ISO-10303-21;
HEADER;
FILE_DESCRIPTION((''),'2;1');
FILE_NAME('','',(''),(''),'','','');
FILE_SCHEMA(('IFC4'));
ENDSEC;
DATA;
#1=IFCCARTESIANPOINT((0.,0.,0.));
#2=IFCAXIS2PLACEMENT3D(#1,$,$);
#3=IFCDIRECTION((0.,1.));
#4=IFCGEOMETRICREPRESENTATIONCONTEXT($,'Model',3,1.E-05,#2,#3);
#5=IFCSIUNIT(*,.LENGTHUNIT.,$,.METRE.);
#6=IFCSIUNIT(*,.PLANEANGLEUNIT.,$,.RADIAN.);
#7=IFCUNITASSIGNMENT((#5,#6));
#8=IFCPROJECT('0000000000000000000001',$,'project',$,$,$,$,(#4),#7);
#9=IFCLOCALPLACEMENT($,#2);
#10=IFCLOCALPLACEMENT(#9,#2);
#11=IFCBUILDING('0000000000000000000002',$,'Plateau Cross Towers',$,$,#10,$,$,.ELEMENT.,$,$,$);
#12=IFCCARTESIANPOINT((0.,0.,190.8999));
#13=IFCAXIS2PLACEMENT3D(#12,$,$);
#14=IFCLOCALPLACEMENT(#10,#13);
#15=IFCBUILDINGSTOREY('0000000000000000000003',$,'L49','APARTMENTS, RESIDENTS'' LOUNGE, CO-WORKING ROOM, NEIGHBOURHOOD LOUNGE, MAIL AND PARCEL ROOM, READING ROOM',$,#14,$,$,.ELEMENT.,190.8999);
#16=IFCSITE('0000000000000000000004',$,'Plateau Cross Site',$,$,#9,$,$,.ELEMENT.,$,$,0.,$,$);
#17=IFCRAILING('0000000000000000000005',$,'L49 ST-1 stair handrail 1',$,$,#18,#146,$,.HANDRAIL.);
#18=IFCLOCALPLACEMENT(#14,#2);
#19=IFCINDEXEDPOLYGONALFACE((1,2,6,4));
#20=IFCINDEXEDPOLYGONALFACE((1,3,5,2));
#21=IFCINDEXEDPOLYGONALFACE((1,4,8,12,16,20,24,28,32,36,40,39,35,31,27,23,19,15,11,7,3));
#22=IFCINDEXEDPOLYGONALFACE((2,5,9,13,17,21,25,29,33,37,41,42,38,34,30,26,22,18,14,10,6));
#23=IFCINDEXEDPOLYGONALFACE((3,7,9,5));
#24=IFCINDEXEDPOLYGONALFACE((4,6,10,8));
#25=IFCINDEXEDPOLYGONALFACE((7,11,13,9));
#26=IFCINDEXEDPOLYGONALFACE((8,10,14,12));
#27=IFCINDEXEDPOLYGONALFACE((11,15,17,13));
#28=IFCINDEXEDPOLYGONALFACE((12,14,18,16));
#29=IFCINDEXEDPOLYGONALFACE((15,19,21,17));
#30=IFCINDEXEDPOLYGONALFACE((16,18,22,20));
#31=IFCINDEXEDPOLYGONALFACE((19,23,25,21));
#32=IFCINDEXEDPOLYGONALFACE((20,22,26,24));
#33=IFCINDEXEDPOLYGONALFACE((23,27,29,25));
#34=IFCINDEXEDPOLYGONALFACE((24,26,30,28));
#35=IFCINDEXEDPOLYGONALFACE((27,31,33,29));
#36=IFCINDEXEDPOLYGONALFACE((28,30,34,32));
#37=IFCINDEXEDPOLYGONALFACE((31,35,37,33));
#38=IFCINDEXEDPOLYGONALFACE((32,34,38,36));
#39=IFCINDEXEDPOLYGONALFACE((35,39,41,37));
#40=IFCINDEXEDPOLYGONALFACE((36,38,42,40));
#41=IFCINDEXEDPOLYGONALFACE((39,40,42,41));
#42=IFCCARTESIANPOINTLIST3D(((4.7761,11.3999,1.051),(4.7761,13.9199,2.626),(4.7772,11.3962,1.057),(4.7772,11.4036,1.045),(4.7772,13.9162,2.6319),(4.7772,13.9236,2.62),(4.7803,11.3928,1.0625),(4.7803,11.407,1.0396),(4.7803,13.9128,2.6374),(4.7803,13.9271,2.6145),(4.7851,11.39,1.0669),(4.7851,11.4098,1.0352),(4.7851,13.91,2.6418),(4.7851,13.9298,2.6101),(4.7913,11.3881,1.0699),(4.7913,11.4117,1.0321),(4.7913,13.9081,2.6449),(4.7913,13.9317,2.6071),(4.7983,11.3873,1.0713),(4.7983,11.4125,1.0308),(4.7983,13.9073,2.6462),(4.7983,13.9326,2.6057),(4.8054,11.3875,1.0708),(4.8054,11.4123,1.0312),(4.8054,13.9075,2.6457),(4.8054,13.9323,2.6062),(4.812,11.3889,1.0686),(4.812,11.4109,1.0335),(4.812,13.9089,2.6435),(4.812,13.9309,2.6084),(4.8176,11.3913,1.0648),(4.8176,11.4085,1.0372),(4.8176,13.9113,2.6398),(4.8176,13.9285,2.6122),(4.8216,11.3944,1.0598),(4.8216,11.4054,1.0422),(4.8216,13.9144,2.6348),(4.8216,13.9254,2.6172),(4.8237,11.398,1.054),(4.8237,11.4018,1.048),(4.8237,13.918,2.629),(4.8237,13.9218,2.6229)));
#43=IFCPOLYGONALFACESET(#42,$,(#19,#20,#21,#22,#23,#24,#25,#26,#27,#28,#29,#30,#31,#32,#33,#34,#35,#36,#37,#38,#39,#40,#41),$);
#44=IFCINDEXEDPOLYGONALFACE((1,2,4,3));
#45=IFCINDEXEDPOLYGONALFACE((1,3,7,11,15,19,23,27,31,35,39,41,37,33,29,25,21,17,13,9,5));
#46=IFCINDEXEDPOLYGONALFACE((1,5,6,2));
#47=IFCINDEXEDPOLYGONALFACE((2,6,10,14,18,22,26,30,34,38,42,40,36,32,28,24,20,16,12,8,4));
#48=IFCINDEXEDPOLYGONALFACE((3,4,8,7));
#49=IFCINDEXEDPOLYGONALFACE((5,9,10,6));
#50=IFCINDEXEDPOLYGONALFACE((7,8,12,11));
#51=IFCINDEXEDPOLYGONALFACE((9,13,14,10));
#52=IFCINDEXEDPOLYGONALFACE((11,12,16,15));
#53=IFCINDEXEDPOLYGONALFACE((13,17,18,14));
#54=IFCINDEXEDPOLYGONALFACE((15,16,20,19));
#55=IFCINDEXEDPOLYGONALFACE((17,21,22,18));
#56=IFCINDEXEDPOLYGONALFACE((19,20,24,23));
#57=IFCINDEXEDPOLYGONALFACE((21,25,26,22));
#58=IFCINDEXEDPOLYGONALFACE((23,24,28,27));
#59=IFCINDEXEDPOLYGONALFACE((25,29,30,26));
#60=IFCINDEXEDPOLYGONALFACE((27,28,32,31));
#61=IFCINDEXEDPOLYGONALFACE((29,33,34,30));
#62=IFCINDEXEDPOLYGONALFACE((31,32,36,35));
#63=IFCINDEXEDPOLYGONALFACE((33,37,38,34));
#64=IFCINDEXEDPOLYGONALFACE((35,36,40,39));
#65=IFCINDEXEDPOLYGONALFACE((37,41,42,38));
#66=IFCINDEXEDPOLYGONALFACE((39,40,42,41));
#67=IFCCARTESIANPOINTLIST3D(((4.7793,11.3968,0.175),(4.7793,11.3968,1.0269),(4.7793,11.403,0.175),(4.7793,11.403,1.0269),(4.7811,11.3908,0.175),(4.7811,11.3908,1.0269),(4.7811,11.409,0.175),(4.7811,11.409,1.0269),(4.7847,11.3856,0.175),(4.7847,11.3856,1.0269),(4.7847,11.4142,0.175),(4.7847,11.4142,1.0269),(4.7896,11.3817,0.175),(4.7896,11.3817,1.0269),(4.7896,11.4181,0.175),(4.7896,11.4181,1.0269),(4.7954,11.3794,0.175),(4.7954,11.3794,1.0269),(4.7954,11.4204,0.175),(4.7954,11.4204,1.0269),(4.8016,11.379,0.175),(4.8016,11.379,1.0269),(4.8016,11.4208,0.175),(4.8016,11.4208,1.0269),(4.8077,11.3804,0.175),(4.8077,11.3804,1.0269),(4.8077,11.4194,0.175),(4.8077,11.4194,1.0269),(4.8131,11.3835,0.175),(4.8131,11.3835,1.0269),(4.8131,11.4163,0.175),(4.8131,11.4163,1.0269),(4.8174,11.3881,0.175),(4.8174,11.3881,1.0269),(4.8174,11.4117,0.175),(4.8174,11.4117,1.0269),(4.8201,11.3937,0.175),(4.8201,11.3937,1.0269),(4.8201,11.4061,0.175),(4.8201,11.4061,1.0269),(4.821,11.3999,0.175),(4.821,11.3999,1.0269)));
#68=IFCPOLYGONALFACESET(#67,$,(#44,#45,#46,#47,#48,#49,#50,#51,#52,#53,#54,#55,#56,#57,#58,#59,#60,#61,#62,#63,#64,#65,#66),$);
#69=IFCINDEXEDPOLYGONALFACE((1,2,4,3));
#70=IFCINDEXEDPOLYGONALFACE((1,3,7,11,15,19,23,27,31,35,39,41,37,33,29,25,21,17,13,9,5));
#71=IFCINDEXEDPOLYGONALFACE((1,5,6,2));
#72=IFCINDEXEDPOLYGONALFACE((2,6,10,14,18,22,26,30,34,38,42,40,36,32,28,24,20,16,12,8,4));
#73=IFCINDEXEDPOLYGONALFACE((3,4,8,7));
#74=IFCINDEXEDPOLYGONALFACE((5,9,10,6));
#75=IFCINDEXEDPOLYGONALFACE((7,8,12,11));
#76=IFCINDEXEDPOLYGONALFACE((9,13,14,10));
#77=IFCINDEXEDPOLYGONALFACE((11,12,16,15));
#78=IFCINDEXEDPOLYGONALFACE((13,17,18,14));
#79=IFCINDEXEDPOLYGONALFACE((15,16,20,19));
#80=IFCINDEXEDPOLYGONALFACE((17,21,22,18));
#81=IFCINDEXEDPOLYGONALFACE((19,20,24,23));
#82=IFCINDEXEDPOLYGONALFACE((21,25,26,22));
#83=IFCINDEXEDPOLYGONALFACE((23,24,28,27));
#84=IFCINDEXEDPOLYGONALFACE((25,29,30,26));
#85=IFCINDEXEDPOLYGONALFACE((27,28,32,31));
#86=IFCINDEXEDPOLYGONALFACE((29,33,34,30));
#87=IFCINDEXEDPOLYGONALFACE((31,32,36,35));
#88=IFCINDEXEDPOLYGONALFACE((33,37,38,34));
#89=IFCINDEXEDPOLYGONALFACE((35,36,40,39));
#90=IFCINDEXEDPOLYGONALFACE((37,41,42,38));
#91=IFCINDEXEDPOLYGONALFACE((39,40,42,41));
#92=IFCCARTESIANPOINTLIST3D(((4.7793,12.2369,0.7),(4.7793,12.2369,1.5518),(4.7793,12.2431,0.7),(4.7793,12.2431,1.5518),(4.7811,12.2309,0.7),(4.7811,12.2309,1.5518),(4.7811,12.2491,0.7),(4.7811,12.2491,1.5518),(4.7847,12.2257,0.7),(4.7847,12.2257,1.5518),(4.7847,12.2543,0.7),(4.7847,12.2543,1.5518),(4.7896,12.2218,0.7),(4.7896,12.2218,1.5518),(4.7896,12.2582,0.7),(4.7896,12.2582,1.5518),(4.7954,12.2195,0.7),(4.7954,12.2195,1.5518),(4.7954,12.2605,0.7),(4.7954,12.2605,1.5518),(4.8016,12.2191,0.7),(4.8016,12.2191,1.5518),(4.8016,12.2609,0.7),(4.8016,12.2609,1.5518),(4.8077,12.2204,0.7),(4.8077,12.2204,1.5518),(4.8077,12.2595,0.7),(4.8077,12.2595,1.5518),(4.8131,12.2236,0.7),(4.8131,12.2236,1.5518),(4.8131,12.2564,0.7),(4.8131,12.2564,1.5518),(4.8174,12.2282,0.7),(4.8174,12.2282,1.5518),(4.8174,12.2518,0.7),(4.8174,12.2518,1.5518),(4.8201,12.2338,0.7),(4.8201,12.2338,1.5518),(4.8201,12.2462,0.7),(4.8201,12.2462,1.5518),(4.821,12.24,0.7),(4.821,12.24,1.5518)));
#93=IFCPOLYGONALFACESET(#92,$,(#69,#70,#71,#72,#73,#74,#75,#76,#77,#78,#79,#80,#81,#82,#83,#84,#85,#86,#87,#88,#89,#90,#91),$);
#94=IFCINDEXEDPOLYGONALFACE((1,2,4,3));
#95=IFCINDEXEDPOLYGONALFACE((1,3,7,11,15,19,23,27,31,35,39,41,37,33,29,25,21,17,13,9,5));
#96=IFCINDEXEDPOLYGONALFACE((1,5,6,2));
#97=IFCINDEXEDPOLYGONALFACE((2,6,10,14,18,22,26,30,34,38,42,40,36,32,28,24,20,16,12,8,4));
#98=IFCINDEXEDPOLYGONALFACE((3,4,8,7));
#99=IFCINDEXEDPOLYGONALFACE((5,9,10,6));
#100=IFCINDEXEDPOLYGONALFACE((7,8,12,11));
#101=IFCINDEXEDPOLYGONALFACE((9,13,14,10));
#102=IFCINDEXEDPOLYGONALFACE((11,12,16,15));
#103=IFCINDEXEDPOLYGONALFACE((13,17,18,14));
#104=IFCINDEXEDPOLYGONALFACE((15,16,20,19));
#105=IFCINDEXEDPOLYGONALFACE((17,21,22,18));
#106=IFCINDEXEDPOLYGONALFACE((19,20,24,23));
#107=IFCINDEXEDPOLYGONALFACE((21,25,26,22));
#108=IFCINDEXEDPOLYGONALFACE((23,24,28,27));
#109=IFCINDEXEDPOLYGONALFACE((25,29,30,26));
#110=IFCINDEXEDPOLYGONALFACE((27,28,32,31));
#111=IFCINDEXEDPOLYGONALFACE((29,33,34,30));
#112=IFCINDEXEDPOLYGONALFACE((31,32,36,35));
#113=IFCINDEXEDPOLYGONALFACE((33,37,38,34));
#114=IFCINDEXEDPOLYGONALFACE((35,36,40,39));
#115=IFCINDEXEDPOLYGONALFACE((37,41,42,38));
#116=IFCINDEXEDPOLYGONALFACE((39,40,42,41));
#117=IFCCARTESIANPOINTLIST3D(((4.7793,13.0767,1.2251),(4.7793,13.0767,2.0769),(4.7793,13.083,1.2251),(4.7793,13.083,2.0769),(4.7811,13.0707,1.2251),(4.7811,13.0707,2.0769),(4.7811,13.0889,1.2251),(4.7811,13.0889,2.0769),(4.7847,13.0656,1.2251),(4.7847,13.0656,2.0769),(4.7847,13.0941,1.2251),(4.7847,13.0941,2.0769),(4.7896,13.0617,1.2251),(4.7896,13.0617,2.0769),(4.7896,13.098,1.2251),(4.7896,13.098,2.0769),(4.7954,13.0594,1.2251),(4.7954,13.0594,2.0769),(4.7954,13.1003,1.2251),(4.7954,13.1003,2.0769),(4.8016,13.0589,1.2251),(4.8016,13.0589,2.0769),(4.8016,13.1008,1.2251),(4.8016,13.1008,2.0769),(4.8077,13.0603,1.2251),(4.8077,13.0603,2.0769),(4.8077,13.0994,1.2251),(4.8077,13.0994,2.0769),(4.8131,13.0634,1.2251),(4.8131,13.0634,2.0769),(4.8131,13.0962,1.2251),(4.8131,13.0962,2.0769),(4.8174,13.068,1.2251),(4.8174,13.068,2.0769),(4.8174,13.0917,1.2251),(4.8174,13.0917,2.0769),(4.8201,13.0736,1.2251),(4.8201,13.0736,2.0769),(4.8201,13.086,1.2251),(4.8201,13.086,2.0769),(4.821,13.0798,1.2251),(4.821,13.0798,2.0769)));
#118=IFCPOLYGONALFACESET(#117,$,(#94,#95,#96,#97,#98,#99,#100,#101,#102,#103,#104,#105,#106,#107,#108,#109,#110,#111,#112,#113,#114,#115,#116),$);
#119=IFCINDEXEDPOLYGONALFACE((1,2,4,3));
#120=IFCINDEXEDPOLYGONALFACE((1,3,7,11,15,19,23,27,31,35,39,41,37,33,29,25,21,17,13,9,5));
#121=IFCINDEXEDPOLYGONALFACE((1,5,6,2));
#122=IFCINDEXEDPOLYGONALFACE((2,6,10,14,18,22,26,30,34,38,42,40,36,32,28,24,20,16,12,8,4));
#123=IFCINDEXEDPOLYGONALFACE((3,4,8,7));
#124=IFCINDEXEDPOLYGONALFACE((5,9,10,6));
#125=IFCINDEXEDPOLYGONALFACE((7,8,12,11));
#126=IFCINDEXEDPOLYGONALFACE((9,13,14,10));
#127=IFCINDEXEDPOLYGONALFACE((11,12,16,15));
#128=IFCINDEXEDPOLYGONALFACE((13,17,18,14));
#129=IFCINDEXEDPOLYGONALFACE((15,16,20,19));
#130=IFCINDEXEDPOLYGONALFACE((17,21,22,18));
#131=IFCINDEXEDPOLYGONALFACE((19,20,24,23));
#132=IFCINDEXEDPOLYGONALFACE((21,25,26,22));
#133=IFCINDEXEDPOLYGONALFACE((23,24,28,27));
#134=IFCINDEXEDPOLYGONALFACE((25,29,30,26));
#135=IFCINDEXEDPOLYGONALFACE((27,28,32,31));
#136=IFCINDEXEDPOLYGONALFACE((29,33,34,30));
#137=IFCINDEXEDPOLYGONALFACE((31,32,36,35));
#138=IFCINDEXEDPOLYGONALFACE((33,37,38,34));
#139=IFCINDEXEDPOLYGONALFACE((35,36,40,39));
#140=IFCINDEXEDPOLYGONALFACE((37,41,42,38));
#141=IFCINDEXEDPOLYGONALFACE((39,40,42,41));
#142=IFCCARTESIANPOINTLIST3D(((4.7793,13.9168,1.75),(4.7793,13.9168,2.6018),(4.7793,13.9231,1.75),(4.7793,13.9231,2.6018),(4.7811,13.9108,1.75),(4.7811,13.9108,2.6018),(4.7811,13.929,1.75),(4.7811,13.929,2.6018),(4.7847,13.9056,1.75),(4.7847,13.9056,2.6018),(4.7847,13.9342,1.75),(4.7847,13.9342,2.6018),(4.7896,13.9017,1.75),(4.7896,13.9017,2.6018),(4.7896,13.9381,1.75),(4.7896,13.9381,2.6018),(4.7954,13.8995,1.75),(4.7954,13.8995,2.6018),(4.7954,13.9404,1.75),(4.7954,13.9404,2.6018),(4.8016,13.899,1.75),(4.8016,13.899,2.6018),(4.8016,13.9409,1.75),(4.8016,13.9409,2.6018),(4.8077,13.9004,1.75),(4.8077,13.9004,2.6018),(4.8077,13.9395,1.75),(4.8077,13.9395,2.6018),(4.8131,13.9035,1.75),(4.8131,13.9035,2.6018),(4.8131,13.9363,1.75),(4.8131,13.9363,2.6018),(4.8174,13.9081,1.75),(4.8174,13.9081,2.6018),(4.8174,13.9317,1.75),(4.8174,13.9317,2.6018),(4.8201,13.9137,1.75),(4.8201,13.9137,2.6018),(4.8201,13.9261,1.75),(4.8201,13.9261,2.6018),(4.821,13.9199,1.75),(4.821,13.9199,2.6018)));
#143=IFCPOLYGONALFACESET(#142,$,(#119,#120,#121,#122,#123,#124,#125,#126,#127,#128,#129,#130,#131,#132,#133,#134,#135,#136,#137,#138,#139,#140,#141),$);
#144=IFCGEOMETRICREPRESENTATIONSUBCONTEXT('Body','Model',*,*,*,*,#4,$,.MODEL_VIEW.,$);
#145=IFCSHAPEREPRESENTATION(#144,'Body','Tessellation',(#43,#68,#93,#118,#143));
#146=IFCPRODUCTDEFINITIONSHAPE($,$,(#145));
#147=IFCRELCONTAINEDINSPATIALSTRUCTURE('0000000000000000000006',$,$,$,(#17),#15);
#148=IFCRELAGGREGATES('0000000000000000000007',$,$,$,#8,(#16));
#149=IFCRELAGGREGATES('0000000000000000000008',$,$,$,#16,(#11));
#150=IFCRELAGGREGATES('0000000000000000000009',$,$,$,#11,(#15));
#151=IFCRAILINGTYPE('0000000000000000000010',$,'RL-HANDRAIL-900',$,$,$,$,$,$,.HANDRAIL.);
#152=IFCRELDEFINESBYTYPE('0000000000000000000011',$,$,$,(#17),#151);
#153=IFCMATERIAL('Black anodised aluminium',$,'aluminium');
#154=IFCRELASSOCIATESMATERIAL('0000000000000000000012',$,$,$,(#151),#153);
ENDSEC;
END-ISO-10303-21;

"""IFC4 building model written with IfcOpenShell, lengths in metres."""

from ifc_helpers import new_model, si_unit, direction, frame, origin, origin_2d, place, context, subcontext, project, spatial, circle, extrude, material, type_object, element, save


model = new_model("IFC4")

# Units and contexts
model_context = context("Model", 3, precision=1e-05, world=origin(), true_north=direction((0.0, 1.0)))
body_context = subcontext(model_context, "Body", "Model", "MODEL_VIEW")
ifc_project = project(units=[si_unit("LENGTHUNIT", "METRE"), si_unit("PLANEANGLEUNIT", "RADIAN")], contexts=[model_context])

# Site, building, storey
site_placement = place(None, origin())
site = spatial("IfcSite", under=ifc_project, at=site_placement, Name="Plateau Cross Site", CompositionType="ELEMENT", RefElevation=0.0)
building_placement = place(site_placement, origin())
building = spatial("IfcBuilding", under=site, at=building_placement, Name="Plateau Cross Towers", CompositionType="ELEMENT")
storey_placement = place(building_placement, frame((0.0, 0.0, 190.8999)))
storey = spatial("IfcBuildingStorey", under=building, at=storey_placement, Name="L49", Description="APARTMENTS, RESIDENTS' LOUNGE, CO-WORKING ROOM, NEIGHBOURHOOD LOUNGE, MAIL AND PARCEL ROOM, READING ROOM", CompositionType="ELEMENT", Elevation=190.8999)

# Shared definitions
ifc_material_1 = material(Name="Black anodised aluminium", Category="aluminium")

# Railing
railing_type_1 = type_object("IfcRailingType", Name="RL-HANDRAIL-900", PredefinedType="HANDRAIL", material=ifc_material_1)
railing_1_placement = place(storey_placement, frame((4.8, 11.3999, 0.175)))
element("IfcRailing", 1, at=railing_1_placement, inside=storey, type_object=railing_type_1, Name="L49 ST-1 stair handrail 1", PredefinedType="HANDRAIL", context=body_context, shape_type="SweptSolid", body=[
    extrude(circle(Radius=0.0239, at=origin_2d()), frame((0.0, 0.0, 0.876), z_axis=(0.0, 0.848008, 0.529984), x_axis=(-1.0, 0.0, 0.0)), (0.0, 0.0, 1.0), 2.9717),
    extrude(circle(Radius=0.021, at=origin_2d()), origin(), (0.0, 0.0, 1.0), 0.8518),
    extrude(circle(Radius=0.021, at=origin_2d()), frame((0.0, 0.8401, 0.5249)), (0.0, 0.0, 1.0), 0.8518),
    extrude(circle(Radius=0.021, at=origin_2d()), frame((0.0, 1.6799, 1.05)), (0.0, 0.0, 1.0), 0.8518),
    extrude(circle(Radius=0.021, at=origin_2d()), frame((0.0, 2.52, 1.575)), (0.0, 0.0, 1.0), 0.8518),
])

save(model, "model.ifc")
